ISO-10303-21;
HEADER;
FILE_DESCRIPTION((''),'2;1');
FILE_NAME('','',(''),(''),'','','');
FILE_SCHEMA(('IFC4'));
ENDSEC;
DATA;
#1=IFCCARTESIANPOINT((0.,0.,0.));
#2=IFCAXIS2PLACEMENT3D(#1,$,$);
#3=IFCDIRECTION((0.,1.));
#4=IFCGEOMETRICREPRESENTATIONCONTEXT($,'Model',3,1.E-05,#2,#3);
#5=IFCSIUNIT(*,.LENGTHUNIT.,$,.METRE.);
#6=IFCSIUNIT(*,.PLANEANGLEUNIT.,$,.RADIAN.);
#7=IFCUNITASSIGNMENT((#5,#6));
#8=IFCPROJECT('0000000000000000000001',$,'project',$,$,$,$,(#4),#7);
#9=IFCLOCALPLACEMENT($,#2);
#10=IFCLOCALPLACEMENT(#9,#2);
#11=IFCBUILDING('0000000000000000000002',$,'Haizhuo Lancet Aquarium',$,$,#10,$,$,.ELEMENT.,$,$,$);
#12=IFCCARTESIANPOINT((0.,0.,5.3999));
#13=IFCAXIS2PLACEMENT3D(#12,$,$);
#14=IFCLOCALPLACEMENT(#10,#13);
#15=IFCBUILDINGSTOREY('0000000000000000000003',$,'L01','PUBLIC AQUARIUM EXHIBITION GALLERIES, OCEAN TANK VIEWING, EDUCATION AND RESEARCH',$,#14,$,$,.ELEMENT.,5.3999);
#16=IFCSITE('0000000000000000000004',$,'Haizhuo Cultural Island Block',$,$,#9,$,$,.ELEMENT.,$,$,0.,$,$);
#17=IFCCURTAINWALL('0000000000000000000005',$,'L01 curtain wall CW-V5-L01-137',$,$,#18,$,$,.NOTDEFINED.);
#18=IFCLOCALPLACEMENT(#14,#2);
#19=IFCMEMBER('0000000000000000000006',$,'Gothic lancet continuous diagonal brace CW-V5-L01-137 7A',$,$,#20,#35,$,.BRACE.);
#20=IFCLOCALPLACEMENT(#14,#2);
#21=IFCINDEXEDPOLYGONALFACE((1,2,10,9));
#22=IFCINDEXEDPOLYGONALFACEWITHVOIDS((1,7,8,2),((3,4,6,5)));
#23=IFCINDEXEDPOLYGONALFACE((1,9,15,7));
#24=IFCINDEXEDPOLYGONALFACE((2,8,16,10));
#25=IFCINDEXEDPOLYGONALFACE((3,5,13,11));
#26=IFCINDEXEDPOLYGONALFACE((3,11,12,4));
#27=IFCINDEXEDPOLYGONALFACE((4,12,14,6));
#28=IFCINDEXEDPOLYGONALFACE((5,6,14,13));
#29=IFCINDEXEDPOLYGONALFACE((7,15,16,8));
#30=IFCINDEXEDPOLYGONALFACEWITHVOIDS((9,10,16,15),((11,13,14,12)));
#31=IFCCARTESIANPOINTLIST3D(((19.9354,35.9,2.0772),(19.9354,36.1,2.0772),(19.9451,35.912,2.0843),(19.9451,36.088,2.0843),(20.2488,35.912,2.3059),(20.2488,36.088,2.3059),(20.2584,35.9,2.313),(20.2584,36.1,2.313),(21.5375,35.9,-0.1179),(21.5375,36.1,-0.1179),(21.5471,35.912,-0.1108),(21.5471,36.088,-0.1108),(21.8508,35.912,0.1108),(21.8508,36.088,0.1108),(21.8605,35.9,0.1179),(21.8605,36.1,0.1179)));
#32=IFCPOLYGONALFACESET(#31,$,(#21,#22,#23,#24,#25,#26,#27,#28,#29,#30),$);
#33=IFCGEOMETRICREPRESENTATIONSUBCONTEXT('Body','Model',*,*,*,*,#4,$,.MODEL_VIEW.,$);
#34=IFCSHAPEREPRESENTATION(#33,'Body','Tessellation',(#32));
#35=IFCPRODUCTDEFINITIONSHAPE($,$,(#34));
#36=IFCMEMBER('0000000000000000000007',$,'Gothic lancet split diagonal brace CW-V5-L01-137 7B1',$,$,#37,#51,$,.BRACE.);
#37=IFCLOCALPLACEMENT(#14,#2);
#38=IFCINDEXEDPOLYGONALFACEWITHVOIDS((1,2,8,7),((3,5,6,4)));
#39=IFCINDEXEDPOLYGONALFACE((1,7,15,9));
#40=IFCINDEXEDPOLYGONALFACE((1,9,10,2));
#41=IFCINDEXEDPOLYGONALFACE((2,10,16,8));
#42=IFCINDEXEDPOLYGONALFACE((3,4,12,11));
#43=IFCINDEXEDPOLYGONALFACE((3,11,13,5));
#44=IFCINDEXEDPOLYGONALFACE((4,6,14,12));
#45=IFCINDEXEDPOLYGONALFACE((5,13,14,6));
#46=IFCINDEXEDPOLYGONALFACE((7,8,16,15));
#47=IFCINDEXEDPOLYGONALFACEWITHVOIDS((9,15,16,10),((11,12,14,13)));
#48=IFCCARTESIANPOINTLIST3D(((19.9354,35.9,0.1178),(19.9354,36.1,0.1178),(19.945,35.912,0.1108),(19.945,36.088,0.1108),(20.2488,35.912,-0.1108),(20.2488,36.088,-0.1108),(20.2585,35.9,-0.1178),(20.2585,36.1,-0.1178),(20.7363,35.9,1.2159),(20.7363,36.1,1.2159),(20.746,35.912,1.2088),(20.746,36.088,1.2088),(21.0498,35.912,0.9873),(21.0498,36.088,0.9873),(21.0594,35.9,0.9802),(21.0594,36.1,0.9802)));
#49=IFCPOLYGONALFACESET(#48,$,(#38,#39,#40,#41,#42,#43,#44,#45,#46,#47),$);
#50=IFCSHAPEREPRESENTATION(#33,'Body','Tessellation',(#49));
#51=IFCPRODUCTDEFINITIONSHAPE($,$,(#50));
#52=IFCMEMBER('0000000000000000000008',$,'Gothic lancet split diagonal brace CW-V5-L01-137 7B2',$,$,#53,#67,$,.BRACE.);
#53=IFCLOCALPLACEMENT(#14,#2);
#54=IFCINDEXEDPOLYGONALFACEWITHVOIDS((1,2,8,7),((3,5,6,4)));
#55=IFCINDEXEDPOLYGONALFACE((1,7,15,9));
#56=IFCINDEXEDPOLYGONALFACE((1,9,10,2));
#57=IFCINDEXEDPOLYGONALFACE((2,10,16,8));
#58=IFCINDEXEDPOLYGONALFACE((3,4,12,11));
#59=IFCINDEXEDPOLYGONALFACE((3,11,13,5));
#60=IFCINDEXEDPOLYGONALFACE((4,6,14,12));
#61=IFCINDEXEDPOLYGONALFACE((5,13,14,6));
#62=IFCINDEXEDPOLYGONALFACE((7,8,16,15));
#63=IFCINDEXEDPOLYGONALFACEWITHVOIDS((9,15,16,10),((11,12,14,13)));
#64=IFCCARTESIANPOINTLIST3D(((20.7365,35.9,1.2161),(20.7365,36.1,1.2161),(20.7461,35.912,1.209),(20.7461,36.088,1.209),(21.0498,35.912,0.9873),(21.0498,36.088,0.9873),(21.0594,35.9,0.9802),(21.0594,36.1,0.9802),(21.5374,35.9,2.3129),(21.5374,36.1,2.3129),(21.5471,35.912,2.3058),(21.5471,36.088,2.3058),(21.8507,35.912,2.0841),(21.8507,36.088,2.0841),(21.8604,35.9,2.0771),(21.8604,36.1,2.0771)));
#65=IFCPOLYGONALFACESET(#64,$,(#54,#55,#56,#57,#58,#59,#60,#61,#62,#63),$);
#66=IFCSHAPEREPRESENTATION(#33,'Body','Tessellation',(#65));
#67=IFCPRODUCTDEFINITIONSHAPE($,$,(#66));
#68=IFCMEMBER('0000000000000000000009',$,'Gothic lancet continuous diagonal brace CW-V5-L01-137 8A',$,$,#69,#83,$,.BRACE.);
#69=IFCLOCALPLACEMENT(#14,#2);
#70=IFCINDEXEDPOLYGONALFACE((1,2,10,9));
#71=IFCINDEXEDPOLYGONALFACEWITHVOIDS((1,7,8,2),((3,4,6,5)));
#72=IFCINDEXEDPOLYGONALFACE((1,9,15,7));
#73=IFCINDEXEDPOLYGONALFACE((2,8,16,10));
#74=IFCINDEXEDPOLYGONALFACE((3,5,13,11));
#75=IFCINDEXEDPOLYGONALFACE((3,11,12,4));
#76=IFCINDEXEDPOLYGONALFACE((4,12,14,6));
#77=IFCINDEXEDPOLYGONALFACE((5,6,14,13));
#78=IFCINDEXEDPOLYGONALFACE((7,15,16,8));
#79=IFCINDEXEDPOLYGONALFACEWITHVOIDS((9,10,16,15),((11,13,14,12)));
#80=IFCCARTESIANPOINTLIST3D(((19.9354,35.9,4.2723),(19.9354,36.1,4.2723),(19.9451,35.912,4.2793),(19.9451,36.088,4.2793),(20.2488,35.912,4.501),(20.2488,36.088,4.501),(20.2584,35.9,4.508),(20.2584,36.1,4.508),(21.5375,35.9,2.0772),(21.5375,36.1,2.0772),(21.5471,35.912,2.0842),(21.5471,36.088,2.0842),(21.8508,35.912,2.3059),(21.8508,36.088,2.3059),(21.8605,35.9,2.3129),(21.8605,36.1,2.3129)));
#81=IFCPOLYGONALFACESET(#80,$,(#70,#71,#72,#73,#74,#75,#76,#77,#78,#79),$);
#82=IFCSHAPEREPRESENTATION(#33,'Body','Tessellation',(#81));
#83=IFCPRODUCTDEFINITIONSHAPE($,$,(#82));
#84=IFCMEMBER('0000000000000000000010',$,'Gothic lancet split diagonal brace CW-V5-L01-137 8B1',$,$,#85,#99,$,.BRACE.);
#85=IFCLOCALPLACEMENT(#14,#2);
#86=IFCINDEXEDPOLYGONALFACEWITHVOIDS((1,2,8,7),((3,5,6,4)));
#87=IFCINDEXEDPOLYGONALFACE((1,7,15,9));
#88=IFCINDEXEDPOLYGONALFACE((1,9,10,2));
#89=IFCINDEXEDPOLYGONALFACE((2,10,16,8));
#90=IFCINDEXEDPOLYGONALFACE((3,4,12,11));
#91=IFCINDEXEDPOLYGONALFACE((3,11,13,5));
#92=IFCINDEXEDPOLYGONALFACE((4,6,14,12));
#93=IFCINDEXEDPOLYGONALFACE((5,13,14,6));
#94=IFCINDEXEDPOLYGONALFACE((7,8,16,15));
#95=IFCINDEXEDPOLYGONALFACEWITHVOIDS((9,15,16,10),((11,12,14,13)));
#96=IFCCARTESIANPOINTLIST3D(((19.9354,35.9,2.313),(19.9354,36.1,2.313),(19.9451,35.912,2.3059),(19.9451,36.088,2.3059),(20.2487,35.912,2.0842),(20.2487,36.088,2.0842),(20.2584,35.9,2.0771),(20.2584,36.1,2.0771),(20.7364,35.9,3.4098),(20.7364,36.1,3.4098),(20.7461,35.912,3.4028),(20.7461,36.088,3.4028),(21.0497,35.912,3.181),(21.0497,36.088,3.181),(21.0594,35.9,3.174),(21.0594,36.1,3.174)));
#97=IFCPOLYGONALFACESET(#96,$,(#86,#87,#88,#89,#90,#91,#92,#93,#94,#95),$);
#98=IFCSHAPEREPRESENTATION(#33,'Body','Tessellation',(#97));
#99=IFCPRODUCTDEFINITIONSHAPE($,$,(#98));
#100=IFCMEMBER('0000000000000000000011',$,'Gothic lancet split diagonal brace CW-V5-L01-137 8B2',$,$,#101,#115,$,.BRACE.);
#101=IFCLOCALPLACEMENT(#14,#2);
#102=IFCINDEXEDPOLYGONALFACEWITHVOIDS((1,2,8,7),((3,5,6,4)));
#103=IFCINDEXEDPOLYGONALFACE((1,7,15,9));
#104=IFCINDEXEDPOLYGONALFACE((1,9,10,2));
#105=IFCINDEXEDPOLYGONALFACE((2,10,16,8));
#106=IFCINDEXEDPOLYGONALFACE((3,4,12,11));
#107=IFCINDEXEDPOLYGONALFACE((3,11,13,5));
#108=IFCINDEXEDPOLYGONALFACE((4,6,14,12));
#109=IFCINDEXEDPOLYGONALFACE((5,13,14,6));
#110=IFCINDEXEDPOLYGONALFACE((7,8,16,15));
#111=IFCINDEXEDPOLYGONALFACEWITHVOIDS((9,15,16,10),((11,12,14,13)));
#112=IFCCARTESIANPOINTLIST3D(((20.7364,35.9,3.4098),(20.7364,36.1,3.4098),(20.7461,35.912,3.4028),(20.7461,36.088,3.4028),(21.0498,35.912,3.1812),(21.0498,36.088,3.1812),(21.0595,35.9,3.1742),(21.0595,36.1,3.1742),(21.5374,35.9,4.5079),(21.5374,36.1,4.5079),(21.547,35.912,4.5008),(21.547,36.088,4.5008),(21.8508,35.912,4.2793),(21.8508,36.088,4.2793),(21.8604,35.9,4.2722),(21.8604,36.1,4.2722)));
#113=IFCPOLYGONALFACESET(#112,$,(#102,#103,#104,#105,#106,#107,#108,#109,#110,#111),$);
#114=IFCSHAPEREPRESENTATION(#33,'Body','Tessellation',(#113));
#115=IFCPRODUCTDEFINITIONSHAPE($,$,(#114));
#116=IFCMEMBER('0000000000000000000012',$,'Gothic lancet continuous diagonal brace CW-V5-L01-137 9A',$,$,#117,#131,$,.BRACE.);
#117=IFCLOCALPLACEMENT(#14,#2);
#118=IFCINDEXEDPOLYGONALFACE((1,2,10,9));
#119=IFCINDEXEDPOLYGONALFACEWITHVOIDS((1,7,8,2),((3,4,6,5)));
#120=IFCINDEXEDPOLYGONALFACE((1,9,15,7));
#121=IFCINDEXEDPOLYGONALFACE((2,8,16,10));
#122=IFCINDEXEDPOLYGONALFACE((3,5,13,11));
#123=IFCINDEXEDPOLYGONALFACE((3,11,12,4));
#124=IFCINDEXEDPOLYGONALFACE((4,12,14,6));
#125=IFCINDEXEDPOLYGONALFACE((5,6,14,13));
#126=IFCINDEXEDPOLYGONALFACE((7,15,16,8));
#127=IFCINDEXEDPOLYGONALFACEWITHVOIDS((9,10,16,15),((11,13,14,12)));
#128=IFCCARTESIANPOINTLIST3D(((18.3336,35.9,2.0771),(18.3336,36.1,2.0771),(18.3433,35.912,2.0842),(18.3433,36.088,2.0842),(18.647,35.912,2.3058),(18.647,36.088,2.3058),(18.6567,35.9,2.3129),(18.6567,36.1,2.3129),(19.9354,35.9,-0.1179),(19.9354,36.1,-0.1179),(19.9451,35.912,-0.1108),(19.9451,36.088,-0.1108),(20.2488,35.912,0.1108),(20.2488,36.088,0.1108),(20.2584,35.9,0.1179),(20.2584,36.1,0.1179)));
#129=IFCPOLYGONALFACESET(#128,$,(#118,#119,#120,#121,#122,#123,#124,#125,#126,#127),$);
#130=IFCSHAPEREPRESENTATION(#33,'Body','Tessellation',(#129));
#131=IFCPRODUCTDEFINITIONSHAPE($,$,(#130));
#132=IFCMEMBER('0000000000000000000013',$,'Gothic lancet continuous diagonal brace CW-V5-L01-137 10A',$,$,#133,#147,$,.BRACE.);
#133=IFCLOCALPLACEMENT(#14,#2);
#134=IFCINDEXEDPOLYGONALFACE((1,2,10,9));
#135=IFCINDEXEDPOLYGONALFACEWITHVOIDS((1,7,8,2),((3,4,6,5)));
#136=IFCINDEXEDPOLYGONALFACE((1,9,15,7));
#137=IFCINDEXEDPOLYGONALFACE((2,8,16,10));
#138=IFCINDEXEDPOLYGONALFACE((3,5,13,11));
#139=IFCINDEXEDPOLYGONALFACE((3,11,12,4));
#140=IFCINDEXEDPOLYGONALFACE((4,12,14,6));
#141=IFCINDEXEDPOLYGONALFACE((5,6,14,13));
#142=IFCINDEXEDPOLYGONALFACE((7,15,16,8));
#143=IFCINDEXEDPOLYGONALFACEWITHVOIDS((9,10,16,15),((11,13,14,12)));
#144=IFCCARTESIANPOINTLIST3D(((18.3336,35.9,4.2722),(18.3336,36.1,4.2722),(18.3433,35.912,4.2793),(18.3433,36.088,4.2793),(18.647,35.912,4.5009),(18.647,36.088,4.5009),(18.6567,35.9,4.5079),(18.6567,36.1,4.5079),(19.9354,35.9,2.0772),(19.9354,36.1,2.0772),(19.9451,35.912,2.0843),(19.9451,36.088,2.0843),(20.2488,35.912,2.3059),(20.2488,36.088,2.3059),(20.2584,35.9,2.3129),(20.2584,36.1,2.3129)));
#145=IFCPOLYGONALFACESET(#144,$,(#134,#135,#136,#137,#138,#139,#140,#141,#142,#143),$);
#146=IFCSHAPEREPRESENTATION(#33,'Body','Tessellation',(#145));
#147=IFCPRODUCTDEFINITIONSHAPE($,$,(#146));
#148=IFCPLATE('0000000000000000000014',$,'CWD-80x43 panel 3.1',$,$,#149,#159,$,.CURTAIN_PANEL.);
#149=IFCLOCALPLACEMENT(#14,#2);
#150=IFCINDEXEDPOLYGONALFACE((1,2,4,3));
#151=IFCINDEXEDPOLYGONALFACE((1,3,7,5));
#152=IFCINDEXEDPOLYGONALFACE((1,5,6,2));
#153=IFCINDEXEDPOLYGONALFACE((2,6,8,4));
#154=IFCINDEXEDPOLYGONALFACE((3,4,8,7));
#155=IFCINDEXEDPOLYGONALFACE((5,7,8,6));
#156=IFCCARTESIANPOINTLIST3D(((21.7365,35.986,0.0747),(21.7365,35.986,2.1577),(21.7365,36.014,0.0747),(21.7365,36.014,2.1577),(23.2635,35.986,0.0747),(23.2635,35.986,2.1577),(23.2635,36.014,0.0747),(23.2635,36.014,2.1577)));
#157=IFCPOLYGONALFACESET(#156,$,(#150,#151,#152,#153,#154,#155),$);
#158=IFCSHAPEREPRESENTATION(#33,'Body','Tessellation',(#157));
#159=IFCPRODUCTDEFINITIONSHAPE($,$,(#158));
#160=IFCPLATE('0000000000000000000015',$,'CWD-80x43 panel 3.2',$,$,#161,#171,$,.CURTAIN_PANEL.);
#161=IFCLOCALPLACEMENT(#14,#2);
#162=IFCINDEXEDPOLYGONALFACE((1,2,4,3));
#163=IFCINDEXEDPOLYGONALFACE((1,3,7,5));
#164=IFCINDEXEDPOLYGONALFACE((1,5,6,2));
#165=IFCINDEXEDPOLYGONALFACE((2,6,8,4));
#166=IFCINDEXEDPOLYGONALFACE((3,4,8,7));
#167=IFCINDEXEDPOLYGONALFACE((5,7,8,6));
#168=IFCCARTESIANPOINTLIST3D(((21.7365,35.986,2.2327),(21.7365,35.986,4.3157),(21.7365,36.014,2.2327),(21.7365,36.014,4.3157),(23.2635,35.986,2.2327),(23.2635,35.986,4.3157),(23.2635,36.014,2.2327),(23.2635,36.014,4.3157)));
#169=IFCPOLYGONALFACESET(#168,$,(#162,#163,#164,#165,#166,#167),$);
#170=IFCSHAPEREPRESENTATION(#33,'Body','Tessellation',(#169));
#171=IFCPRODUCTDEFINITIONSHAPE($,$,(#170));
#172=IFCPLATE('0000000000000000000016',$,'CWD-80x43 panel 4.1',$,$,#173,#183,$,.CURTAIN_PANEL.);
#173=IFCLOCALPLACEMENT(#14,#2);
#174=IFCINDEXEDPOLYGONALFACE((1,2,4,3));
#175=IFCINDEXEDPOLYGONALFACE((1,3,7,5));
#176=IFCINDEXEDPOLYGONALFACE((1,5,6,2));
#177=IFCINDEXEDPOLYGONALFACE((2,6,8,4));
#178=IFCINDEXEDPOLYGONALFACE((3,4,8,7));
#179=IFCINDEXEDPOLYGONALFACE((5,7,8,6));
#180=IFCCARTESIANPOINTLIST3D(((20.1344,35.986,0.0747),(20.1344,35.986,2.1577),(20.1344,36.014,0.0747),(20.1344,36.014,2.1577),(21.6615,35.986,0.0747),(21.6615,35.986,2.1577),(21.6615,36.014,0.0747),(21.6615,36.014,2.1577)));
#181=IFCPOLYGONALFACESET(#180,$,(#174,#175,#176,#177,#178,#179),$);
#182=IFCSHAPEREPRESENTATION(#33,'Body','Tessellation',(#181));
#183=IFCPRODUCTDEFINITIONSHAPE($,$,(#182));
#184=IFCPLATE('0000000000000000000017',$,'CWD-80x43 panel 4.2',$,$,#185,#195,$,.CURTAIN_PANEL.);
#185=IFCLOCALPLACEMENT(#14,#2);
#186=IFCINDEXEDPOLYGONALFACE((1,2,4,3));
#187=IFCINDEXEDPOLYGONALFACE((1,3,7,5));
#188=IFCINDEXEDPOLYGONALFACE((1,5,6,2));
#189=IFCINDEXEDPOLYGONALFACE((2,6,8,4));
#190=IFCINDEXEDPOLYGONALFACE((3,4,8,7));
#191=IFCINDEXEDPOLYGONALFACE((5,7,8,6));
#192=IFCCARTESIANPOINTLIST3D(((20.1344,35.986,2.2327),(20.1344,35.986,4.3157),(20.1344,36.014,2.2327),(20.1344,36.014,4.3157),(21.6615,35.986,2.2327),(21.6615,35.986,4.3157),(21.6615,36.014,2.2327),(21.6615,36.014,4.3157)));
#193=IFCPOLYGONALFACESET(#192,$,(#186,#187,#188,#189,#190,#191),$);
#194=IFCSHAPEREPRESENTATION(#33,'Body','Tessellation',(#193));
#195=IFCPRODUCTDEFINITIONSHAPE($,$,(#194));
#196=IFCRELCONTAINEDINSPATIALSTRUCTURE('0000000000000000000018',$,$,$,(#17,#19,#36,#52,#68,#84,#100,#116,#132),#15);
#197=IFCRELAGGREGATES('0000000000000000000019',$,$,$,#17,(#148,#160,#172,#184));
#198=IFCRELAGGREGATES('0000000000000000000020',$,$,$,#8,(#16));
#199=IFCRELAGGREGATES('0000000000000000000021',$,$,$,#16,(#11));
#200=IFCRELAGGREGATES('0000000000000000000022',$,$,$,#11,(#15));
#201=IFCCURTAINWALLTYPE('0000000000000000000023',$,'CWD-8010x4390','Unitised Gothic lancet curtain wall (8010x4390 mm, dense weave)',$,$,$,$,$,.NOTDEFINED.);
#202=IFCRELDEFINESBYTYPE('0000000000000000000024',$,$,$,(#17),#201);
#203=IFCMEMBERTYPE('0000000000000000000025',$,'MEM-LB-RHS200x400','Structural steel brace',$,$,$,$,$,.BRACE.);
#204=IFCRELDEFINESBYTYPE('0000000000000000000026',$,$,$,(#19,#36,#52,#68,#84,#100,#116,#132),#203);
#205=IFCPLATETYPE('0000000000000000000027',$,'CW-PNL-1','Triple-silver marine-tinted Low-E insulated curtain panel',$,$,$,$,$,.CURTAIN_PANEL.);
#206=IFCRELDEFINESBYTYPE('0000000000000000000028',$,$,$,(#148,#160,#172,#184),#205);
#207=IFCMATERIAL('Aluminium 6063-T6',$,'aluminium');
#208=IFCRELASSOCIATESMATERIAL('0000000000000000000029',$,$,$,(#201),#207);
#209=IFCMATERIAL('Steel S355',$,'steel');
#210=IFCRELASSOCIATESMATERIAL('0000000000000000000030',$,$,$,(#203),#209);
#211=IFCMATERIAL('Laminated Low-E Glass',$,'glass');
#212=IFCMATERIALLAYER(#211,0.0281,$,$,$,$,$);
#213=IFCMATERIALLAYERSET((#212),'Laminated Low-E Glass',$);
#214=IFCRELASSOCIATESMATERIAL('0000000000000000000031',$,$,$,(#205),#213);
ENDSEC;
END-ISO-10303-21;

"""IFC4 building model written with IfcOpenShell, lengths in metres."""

from ifc_helpers import new_model, si_unit, direction, frame, origin, origin_2d, place, context, subcontext, project, spatial, rectangle, hollow_rectangle, extrude, material, layer, layer_set, material_profile, profile_set, type_object, element, aggregate, save


model = new_model("IFC4")

# Units and contexts
model_context = context("Model", 3, precision=1e-05, world=origin(), true_north=direction((0.0, 1.0)))
body_context = subcontext(model_context, "Body", "Model", "MODEL_VIEW")
ifc_project = project(units=[si_unit("LENGTHUNIT", "METRE"), si_unit("PLANEANGLEUNIT", "RADIAN")], contexts=[model_context])

# Site, building, storey
site_placement = place(None, origin())
site = spatial("IfcSite", under=ifc_project, at=site_placement, Name="Haizhuo Cultural Island Block", CompositionType="ELEMENT", RefElevation=0.0)
building_placement = place(site_placement, origin())
building = spatial("IfcBuilding", under=site, at=building_placement, Name="Haizhuo Lancet Aquarium", CompositionType="ELEMENT")
storey_placement = place(building_placement, frame((0.0, 0.0, 5.3999)))
storey = spatial("IfcBuildingStorey", under=building, at=storey_placement, Name="L01", Description="PUBLIC AQUARIUM EXHIBITION GALLERIES, OCEAN TANK VIEWING, EDUCATION AND RESEARCH", CompositionType="ELEMENT", Elevation=5.3999)

# Curtain wall
ifc_material_1 = material(Name="Aluminium 6063-T6", Category="aluminium")
curtain_wall_type = type_object("IfcCurtainWallType", Name="CWD-8010x4390", Description="Unitised Gothic lancet curtain wall (8010x4390 mm, dense weave)", PredefinedType="NOTDEFINED", material=ifc_material_1)
curtain_wall_placement = place(storey_placement, origin())
curtain_wall = element("IfcCurtainWall", 1, at=curtain_wall_placement, inside=storey, type_object=curtain_wall_type, Name="L01 curtain wall CW-V5-L01-137", PredefinedType="NOTDEFINED")

# Members
ifc_material_2 = material(Name="Steel S355", Category="steel")
ifc_material_profile_1 = material_profile(ifc_material_2, hollow_rectangle(XDim=0.2, YDim=0.3999, WallThickness=0.012, at=origin_2d()), Name="RHS 200x400x12")
ifc_profile_set_1 = profile_set([ifc_material_profile_1], Name="Steel S355")
member_type_1 = type_object("IfcMemberType", Name="MEM-LB-RHS200x400", Description="Structural steel brace", PredefinedType="BRACE", material=ifc_profile_set_1)
member_1_placement = place(storey_placement, frame((21.699, 36.0, 0.0), z_axis=(-0.589528, 0.0, 0.807748), x_axis=(0.0, -1.0, 0.0)))
element("IfcMember", 2, at=member_1_placement, inside=storey, type_object=member_type_1, Name="Gothic lancet continuous diagonal brace CW-V5-L01-137 7A", PredefinedType="BRACE", context=body_context, shape_type="SweptSolid", body=[
    extrude(hollow_rectangle(XDim=0.2, YDim=0.3999, WallThickness=0.012, at=origin_2d()), origin(), (0.0, 0.0, 1.0), 2.7175),
])
member_2_placement = place(storey_placement, frame((20.0969, 36.0, 0.0), z_axis=(0.589314, 0.0, 0.807904), x_axis=(0.0, 1.0, 0.0)))
element("IfcMember", 3, at=member_2_placement, inside=storey, type_object=member_type_1, Name="Gothic lancet split diagonal brace CW-V5-L01-137 7B1", PredefinedType="BRACE", context=body_context, shape_type="SweptSolid", body=[
    extrude(hollow_rectangle(XDim=0.2, YDim=0.3999, WallThickness=0.012, at=origin_2d()), origin(), (0.0, 0.0, 1.0), 1.3591),
])
member_3_placement = place(storey_placement, frame((20.8979, 36.0, 1.0981), z_axis=(0.589742, 0.0, 0.807592), x_axis=(0.0, 1.0, 0.0)))
element("IfcMember", 4, at=member_3_placement, inside=storey, type_object=member_type_1, Name="Gothic lancet split diagonal brace CW-V5-L01-137 7B2", PredefinedType="BRACE", context=body_context, shape_type="SweptSolid", body=[
    extrude(hollow_rectangle(XDim=0.2, YDim=0.3999, WallThickness=0.012, at=origin_2d()), origin(), (0.0, 0.0, 1.0), 1.3582),
])
member_4_placement = place(storey_placement, frame((21.699, 36.0, 2.1951), z_axis=(-0.589528, 0.0, 0.807748), x_axis=(0.0, -1.0, 0.0)))
element("IfcMember", 5, at=member_4_placement, inside=storey, type_object=member_type_1, Name="Gothic lancet continuous diagonal brace CW-V5-L01-137 8A", PredefinedType="BRACE", context=body_context, shape_type="SweptSolid", body=[
    extrude(hollow_rectangle(XDim=0.2, YDim=0.3999, WallThickness=0.012, at=origin_2d()), origin(), (0.0, 0.0, 1.0), 2.7175),
])
member_5_placement = place(storey_placement, frame((20.0969, 36.0, 2.1951), z_axis=(0.589742, 0.0, 0.807592), x_axis=(0.0, 1.0, 0.0)))
element("IfcMember", 6, at=member_5_placement, inside=storey, type_object=member_type_1, Name="Gothic lancet split diagonal brace CW-V5-L01-137 8B1", PredefinedType="BRACE", context=body_context, shape_type="SweptSolid", body=[
    extrude(hollow_rectangle(XDim=0.2, YDim=0.3999, WallThickness=0.012, at=origin_2d()), origin(), (0.0, 0.0, 1.0), 1.3582),
])
member_6_placement = place(storey_placement, frame((20.8979, 36.0, 3.292), z_axis=(0.589314, 0.0, 0.807904), x_axis=(0.0, 1.0, 0.0)))
element("IfcMember", 7, at=member_6_placement, inside=storey, type_object=member_type_1, Name="Gothic lancet split diagonal brace CW-V5-L01-137 8B2", PredefinedType="BRACE", context=body_context, shape_type="SweptSolid", body=[
    extrude(hollow_rectangle(XDim=0.2, YDim=0.3999, WallThickness=0.012, at=origin_2d()), origin(), (0.0, 0.0, 1.0), 1.3591),
])
for number, where, z_axis, x_axis, name in (
    (8, (20.0969, 36.0, 0.0), (-0.589469, 0.0, 0.807791), (0.0, -1.0, 0.0), "Gothic lancet continuous diagonal brace CW-V5-L01-137 9A"),
    (9, (20.0969, 36.0, 2.1951), (-0.589469, 0.0, 0.807791), (0.0, -1.0, 0.0), "Gothic lancet continuous diagonal brace CW-V5-L01-137 10A"),
):
    element("IfcMember", number, at=place(storey_placement, frame(where, z_axis=z_axis, x_axis=x_axis)), inside=storey, type_object=member_type_1, Name=name, PredefinedType="BRACE", context=body_context, shape_type="SweptSolid", body=[
        extrude(hollow_rectangle(XDim=0.2, YDim=0.3999, WallThickness=0.012, at=origin_2d()), origin(), (0.0, 0.0, 1.0), 2.7173),
    ])

# Plates
ifc_material_3 = material(Name="Laminated Low-E Glass", Category="glass")
ifc_layer = layer(ifc_material_3, 0.0281)
ifc_layer_set = layer_set([ifc_layer], Name="Laminated Low-E Glass")
plate_type = type_object("IfcPlateType", Name="CW-PNL-1", Description="Triple-silver marine-tinted Low-E insulated curtain panel", PredefinedType="CURTAIN_PANEL", material=ifc_layer_set)
plate_1_placement = place(storey_placement, frame((22.5, 36.0, 0.0747), z_axis=(0.0, 0.0, 1.0), x_axis=(-1.0, 0.0, 0.0)))
plate_1 = element("IfcPlate", 10, at=plate_1_placement, type_object=plate_type, Name="CWD-80x43 panel 3.1", PredefinedType="CURTAIN_PANEL", context=body_context, shape_type="SweptSolid", body=[
    extrude(rectangle(XDim=1.5271, YDim=0.0281, at=origin_2d()), origin(), (0.0, 0.0, 1.0), 2.083),
])
plate_2_placement = place(storey_placement, frame((22.5, 36.0, 2.2327), z_axis=(0.0, 0.0, 1.0), x_axis=(-1.0, 0.0, 0.0)))
plate_2 = element("IfcPlate", 11, at=plate_2_placement, type_object=plate_type, Name="CWD-80x43 panel 3.2", PredefinedType="CURTAIN_PANEL", context=body_context, shape_type="SweptSolid", body=[
    extrude(rectangle(XDim=1.5271, YDim=0.0281, at=origin_2d()), origin(), (0.0, 0.0, 1.0), 2.083),
])
plate_3_placement = place(storey_placement, frame((20.8979, 36.0, 0.0747), z_axis=(0.0, 0.0, 1.0), x_axis=(-1.0, 0.0, 0.0)))
plate_3 = element("IfcPlate", 12, at=plate_3_placement, type_object=plate_type, Name="CWD-80x43 panel 4.1", PredefinedType="CURTAIN_PANEL", context=body_context, shape_type="SweptSolid", body=[
    extrude(rectangle(XDim=1.5271, YDim=0.0281, at=origin_2d()), origin(), (0.0, 0.0, 1.0), 2.083),
])
plate_4_placement = place(storey_placement, frame((20.8979, 36.0, 2.2327), z_axis=(0.0, 0.0, 1.0), x_axis=(-1.0, 0.0, 0.0)))
plate_4 = element("IfcPlate", 13, at=plate_4_placement, type_object=plate_type, Name="CWD-80x43 panel 4.2", PredefinedType="CURTAIN_PANEL", context=body_context, shape_type="SweptSolid", body=[
    extrude(rectangle(XDim=1.5271, YDim=0.0281, at=origin_2d()), origin(), (0.0, 0.0, 1.0), 2.083),
])
aggregate(curtain_wall, [plate_1, plate_2, plate_3, plate_4])

save(model, "model.ifc")
